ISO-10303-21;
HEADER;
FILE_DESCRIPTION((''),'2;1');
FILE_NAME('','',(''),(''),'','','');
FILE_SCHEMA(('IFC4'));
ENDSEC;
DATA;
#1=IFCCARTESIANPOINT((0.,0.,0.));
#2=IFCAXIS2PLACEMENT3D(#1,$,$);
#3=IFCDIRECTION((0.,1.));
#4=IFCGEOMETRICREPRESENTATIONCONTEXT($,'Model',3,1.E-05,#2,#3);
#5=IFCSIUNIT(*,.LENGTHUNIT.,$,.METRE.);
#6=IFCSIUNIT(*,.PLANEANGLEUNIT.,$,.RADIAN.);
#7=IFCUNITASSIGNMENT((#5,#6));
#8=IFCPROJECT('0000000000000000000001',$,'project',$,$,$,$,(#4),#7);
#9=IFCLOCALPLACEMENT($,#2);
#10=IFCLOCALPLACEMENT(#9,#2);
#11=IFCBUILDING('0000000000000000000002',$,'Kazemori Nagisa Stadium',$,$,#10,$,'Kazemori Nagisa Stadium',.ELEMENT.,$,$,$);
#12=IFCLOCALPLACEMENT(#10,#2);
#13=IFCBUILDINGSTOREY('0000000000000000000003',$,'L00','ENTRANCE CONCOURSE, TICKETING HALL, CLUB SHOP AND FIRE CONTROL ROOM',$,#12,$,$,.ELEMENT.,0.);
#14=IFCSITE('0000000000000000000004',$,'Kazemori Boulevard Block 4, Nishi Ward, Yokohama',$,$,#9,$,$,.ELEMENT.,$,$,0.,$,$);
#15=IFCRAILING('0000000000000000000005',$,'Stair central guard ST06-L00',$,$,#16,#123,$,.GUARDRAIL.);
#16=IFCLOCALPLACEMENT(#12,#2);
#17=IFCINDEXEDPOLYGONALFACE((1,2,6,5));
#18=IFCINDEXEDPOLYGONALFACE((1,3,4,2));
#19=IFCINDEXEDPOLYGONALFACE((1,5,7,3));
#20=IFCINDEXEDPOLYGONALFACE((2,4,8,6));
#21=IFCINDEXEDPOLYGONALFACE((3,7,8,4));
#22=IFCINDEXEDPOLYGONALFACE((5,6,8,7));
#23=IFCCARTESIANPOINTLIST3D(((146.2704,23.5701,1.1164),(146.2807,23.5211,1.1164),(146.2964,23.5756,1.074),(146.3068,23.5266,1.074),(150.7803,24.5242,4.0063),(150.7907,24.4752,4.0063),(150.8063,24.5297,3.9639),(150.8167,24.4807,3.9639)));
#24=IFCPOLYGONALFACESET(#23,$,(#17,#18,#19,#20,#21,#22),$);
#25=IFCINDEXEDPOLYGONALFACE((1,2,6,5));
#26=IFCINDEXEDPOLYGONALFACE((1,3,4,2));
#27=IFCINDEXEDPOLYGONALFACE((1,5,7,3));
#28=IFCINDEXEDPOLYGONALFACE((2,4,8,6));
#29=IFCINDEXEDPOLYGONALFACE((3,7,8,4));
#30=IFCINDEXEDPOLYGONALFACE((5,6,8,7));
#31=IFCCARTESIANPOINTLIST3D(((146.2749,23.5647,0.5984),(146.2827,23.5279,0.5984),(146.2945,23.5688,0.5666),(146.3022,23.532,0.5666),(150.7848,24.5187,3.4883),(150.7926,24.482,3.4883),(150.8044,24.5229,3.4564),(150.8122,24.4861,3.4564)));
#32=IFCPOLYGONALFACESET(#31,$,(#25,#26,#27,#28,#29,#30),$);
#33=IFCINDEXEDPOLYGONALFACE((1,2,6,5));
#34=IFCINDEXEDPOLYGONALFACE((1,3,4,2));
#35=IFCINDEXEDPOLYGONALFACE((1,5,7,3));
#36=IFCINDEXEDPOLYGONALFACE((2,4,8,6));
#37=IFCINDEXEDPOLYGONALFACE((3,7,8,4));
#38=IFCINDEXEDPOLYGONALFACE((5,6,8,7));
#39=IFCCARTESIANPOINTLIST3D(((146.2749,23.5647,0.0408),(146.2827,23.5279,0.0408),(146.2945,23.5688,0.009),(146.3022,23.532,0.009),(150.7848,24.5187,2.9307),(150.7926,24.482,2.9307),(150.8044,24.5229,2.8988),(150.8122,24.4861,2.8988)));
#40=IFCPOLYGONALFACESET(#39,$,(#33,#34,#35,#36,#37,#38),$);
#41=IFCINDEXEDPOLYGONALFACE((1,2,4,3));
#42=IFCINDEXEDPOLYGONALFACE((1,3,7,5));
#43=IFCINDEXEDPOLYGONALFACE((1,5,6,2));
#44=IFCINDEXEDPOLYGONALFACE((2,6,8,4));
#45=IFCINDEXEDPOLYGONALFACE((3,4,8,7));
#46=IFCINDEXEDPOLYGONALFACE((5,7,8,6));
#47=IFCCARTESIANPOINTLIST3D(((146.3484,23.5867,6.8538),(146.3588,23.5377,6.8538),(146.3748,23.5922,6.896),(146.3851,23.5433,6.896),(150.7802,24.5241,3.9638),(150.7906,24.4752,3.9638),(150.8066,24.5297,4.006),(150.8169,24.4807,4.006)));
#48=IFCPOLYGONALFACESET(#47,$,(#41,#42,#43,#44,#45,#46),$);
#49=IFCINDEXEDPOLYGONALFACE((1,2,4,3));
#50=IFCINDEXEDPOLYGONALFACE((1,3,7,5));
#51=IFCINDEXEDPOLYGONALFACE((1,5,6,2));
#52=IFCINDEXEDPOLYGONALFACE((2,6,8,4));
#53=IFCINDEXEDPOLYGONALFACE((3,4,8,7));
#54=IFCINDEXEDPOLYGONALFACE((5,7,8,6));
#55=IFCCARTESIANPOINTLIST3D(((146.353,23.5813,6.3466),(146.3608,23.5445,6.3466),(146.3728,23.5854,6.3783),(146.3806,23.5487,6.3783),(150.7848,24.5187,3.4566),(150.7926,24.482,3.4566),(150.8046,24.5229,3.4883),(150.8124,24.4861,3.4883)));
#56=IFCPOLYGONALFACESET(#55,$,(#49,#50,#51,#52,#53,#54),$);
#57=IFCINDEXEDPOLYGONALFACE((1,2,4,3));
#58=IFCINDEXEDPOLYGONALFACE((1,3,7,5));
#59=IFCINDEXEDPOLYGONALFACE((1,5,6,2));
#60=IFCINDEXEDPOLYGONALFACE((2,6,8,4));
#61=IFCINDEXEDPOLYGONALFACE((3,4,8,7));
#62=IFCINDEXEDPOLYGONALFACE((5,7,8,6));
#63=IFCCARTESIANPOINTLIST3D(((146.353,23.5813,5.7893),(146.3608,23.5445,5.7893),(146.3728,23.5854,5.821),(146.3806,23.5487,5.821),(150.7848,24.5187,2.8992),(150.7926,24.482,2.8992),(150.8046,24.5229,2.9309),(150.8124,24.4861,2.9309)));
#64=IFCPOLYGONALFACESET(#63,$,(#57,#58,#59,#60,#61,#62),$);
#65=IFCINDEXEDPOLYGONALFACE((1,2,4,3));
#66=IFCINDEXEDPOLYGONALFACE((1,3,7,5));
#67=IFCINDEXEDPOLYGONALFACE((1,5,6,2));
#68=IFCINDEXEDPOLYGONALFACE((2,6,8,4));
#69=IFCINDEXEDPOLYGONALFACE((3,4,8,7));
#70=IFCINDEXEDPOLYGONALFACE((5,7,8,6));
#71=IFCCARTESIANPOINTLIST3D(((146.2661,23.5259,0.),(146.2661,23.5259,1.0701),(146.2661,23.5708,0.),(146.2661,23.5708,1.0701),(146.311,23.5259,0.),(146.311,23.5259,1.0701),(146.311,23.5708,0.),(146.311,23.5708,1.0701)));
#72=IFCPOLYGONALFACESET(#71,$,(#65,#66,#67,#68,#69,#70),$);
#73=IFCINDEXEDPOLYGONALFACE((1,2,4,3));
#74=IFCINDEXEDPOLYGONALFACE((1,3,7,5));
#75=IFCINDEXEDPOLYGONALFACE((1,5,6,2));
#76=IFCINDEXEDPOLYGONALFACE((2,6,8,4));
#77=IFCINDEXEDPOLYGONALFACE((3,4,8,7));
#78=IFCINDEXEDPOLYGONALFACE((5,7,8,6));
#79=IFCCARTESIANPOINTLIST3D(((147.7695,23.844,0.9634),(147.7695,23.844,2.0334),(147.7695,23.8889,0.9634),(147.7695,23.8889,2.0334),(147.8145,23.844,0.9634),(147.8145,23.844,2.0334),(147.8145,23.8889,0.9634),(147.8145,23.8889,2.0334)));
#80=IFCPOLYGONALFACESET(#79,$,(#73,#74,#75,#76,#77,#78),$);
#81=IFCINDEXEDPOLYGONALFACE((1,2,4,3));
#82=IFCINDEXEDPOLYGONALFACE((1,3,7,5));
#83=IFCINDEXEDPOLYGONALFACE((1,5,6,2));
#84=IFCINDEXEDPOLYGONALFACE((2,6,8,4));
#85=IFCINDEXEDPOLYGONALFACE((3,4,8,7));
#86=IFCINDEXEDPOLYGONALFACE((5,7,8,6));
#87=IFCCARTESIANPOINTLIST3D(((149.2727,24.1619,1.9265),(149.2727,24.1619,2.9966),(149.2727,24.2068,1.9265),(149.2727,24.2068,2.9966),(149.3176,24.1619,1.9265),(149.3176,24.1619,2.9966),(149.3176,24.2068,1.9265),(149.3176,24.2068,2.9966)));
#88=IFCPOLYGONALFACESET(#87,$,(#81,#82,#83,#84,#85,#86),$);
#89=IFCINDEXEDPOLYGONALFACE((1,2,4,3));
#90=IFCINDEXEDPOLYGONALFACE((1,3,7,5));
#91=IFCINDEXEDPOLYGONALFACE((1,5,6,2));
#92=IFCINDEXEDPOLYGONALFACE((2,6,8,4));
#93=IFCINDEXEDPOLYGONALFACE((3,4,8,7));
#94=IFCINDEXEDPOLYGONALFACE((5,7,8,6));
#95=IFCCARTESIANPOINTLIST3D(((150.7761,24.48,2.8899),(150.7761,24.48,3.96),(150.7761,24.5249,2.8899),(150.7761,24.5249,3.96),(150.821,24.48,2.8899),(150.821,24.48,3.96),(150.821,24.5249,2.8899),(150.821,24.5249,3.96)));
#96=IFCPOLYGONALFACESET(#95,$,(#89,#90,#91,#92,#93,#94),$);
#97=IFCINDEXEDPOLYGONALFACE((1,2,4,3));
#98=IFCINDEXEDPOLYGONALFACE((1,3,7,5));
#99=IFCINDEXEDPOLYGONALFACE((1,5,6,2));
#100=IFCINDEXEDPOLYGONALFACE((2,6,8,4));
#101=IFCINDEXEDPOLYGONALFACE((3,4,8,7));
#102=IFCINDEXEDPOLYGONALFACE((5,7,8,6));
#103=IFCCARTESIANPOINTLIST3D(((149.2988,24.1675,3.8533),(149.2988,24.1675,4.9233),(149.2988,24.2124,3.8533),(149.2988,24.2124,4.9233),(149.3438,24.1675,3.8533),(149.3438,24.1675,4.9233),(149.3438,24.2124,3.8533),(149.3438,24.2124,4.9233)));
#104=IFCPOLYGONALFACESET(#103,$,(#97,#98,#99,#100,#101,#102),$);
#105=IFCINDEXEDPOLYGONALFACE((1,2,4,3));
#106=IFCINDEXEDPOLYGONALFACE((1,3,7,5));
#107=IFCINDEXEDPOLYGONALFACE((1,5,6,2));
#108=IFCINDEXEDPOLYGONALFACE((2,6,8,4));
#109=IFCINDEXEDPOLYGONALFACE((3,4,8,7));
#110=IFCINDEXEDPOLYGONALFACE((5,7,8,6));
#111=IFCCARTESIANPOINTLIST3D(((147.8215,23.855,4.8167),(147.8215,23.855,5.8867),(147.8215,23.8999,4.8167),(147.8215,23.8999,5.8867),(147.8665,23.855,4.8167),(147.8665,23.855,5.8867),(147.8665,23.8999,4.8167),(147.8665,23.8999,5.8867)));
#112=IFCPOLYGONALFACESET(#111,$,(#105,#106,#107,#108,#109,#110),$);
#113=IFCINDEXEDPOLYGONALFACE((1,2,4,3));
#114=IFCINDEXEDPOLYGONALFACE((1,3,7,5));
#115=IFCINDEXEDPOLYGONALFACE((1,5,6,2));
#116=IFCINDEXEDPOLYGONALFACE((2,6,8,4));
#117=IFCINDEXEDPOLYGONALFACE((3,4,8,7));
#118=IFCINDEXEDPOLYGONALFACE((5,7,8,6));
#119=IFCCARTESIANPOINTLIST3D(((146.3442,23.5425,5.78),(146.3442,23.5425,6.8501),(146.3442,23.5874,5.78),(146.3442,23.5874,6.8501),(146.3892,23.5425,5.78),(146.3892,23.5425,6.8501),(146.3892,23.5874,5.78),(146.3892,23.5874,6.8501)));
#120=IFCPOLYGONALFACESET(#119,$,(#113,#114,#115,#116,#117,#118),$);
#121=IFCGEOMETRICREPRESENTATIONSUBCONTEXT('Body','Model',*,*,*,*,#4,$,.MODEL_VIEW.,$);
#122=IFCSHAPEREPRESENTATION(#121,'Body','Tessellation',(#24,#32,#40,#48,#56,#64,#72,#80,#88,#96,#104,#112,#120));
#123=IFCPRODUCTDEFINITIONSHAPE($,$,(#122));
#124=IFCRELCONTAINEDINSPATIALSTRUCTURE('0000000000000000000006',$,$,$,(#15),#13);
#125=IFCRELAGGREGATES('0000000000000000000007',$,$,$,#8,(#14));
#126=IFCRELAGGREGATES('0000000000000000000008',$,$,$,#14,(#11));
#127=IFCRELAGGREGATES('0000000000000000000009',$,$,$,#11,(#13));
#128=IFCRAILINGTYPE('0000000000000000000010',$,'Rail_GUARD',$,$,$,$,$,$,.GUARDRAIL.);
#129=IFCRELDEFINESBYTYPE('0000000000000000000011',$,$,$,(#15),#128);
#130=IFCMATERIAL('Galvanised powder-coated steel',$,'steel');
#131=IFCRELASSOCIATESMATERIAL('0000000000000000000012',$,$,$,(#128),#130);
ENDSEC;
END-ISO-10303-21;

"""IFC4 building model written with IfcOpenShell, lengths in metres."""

from ifc_helpers import new_model, si_unit, direction, frame, origin, origin_2d, place, context, subcontext, project, spatial, rectangle, extrude, material, type_object, element, save


model = new_model("IFC4")

# Units and contexts
model_context = context("Model", 3, precision=1e-05, world=origin(), true_north=direction((0.0, 1.0)))
body_context = subcontext(model_context, "Body", "Model", "MODEL_VIEW")
ifc_project = project(units=[si_unit("LENGTHUNIT", "METRE"), si_unit("PLANEANGLEUNIT", "RADIAN")], contexts=[model_context])

# Site, building, storey
site_placement = place(None, origin())
site = spatial("IfcSite", under=ifc_project, at=site_placement, Name="Kazemori Boulevard Block 4, Nishi Ward, Yokohama", CompositionType="ELEMENT", RefElevation=0.0)
building_placement = place(site_placement, origin())
building = spatial("IfcBuilding", under=site, at=building_placement, Name="Kazemori Nagisa Stadium", LongName="Kazemori Nagisa Stadium", CompositionType="ELEMENT")
storey_placement = place(building_placement, origin())
storey = spatial("IfcBuildingStorey", under=building, at=storey_placement, Name="L00", Description="ENTRANCE CONCOURSE, TICKETING HALL, CLUB SHOP AND FIRE CONTROL ROOM", CompositionType="ELEMENT", Elevation=0.0)

# Railing
ifc_material_1 = material(Name="Galvanised powder-coated steel", Category="steel")
railing_type_1 = type_object("IfcRailingType", Name="Rail_GUARD", PredefinedType="GUARDRAIL", material=ifc_material_1)
railing_1_placement = place(storey_placement, frame((146.2886, 23.5483, 0.0)))
element("IfcRailing", 1, at=railing_1_placement, inside=storey, type_object=railing_type_1, Name="Stair central guard ST06-L00", PredefinedType="GUARDRAIL", context=body_context, shape_type="SweptSolid", body=[
    extrude(rectangle(XDim=0.05, YDim=0.05, at=origin_2d()), frame((0.0, 0.0, 1.0952), z_axis=(0.828929, 0.175361, 0.531155), x_axis=(-0.206971, 0.978347, 0.0)), (0.0, 0.0, 1.0), 5.4407),
    extrude(rectangle(XDim=0.0376, YDim=0.0376, at=origin_2d()), frame((0.0, 0.0, 0.5825), z_axis=(0.828929, 0.175361, 0.531155), x_axis=(-0.206971, 0.978347, 0.0)), (0.0, 0.0, 1.0), 5.4407),
    extrude(rectangle(XDim=0.0376, YDim=0.0376, at=origin_2d()), frame((0.0, 0.0, 0.0249), z_axis=(0.828929, 0.175361, 0.531155), x_axis=(-0.206971, 0.978347, 0.0)), (0.0, 0.0, 1.0), 5.4407),
    extrude(rectangle(XDim=0.05, YDim=0.05, at=origin_2d()), frame((4.51, 0.9541, 3.9849), z_axis=(-0.824783, -0.174471, 0.53786), x_axis=(0.206956, -0.97835, 0.0)), (0.0, 0.0, 1.0), 5.3733),
    extrude(rectangle(XDim=0.0376, YDim=0.0376, at=origin_2d()), frame((4.51, 0.9541, 3.4724), z_axis=(-0.824783, -0.174471, 0.53786), x_axis=(0.206956, -0.97835, 0.0)), (0.0, 0.0, 1.0), 5.3733),
    extrude(rectangle(XDim=0.0376, YDim=0.0376, at=origin_2d()), frame((4.51, 0.9541, 2.915), z_axis=(-0.824783, -0.174471, 0.53786), x_axis=(0.206956, -0.97835, 0.0)), (0.0, 0.0, 1.0), 5.3733),
    extrude(rectangle(XDim=0.0449, YDim=0.0449, at=origin_2d()), origin(), (0.0, 0.0, 1.0), 1.0701),
    extrude(rectangle(XDim=0.0449, YDim=0.0449, at=origin_2d()), frame((1.5034, 0.3181, 0.9634)), (0.0, 0.0, 1.0), 1.0701),
    extrude(rectangle(XDim=0.0449, YDim=0.0449, at=origin_2d()), frame((3.0066, 0.636, 1.9265)), (0.0, 0.0, 1.0), 1.0701),
    extrude(rectangle(XDim=0.0449, YDim=0.0449, at=origin_2d()), frame((4.51, 0.9541, 2.8899)), (0.0, 0.0, 1.0), 1.0701),
    extrude(rectangle(XDim=0.0449, YDim=0.0449, at=origin_2d()), frame((3.0327, 0.6416, 3.8533)), (0.0, 0.0, 1.0), 1.0701),
    extrude(rectangle(XDim=0.0449, YDim=0.0449, at=origin_2d()), frame((1.5554, 0.3291, 4.8167)), (0.0, 0.0, 1.0), 1.0701),
    extrude(rectangle(XDim=0.0449, YDim=0.0449, at=origin_2d()), frame((0.0781, 0.0166, 5.78)), (0.0, 0.0, 1.0), 1.0701),
])

save(model, "model.ifc")
